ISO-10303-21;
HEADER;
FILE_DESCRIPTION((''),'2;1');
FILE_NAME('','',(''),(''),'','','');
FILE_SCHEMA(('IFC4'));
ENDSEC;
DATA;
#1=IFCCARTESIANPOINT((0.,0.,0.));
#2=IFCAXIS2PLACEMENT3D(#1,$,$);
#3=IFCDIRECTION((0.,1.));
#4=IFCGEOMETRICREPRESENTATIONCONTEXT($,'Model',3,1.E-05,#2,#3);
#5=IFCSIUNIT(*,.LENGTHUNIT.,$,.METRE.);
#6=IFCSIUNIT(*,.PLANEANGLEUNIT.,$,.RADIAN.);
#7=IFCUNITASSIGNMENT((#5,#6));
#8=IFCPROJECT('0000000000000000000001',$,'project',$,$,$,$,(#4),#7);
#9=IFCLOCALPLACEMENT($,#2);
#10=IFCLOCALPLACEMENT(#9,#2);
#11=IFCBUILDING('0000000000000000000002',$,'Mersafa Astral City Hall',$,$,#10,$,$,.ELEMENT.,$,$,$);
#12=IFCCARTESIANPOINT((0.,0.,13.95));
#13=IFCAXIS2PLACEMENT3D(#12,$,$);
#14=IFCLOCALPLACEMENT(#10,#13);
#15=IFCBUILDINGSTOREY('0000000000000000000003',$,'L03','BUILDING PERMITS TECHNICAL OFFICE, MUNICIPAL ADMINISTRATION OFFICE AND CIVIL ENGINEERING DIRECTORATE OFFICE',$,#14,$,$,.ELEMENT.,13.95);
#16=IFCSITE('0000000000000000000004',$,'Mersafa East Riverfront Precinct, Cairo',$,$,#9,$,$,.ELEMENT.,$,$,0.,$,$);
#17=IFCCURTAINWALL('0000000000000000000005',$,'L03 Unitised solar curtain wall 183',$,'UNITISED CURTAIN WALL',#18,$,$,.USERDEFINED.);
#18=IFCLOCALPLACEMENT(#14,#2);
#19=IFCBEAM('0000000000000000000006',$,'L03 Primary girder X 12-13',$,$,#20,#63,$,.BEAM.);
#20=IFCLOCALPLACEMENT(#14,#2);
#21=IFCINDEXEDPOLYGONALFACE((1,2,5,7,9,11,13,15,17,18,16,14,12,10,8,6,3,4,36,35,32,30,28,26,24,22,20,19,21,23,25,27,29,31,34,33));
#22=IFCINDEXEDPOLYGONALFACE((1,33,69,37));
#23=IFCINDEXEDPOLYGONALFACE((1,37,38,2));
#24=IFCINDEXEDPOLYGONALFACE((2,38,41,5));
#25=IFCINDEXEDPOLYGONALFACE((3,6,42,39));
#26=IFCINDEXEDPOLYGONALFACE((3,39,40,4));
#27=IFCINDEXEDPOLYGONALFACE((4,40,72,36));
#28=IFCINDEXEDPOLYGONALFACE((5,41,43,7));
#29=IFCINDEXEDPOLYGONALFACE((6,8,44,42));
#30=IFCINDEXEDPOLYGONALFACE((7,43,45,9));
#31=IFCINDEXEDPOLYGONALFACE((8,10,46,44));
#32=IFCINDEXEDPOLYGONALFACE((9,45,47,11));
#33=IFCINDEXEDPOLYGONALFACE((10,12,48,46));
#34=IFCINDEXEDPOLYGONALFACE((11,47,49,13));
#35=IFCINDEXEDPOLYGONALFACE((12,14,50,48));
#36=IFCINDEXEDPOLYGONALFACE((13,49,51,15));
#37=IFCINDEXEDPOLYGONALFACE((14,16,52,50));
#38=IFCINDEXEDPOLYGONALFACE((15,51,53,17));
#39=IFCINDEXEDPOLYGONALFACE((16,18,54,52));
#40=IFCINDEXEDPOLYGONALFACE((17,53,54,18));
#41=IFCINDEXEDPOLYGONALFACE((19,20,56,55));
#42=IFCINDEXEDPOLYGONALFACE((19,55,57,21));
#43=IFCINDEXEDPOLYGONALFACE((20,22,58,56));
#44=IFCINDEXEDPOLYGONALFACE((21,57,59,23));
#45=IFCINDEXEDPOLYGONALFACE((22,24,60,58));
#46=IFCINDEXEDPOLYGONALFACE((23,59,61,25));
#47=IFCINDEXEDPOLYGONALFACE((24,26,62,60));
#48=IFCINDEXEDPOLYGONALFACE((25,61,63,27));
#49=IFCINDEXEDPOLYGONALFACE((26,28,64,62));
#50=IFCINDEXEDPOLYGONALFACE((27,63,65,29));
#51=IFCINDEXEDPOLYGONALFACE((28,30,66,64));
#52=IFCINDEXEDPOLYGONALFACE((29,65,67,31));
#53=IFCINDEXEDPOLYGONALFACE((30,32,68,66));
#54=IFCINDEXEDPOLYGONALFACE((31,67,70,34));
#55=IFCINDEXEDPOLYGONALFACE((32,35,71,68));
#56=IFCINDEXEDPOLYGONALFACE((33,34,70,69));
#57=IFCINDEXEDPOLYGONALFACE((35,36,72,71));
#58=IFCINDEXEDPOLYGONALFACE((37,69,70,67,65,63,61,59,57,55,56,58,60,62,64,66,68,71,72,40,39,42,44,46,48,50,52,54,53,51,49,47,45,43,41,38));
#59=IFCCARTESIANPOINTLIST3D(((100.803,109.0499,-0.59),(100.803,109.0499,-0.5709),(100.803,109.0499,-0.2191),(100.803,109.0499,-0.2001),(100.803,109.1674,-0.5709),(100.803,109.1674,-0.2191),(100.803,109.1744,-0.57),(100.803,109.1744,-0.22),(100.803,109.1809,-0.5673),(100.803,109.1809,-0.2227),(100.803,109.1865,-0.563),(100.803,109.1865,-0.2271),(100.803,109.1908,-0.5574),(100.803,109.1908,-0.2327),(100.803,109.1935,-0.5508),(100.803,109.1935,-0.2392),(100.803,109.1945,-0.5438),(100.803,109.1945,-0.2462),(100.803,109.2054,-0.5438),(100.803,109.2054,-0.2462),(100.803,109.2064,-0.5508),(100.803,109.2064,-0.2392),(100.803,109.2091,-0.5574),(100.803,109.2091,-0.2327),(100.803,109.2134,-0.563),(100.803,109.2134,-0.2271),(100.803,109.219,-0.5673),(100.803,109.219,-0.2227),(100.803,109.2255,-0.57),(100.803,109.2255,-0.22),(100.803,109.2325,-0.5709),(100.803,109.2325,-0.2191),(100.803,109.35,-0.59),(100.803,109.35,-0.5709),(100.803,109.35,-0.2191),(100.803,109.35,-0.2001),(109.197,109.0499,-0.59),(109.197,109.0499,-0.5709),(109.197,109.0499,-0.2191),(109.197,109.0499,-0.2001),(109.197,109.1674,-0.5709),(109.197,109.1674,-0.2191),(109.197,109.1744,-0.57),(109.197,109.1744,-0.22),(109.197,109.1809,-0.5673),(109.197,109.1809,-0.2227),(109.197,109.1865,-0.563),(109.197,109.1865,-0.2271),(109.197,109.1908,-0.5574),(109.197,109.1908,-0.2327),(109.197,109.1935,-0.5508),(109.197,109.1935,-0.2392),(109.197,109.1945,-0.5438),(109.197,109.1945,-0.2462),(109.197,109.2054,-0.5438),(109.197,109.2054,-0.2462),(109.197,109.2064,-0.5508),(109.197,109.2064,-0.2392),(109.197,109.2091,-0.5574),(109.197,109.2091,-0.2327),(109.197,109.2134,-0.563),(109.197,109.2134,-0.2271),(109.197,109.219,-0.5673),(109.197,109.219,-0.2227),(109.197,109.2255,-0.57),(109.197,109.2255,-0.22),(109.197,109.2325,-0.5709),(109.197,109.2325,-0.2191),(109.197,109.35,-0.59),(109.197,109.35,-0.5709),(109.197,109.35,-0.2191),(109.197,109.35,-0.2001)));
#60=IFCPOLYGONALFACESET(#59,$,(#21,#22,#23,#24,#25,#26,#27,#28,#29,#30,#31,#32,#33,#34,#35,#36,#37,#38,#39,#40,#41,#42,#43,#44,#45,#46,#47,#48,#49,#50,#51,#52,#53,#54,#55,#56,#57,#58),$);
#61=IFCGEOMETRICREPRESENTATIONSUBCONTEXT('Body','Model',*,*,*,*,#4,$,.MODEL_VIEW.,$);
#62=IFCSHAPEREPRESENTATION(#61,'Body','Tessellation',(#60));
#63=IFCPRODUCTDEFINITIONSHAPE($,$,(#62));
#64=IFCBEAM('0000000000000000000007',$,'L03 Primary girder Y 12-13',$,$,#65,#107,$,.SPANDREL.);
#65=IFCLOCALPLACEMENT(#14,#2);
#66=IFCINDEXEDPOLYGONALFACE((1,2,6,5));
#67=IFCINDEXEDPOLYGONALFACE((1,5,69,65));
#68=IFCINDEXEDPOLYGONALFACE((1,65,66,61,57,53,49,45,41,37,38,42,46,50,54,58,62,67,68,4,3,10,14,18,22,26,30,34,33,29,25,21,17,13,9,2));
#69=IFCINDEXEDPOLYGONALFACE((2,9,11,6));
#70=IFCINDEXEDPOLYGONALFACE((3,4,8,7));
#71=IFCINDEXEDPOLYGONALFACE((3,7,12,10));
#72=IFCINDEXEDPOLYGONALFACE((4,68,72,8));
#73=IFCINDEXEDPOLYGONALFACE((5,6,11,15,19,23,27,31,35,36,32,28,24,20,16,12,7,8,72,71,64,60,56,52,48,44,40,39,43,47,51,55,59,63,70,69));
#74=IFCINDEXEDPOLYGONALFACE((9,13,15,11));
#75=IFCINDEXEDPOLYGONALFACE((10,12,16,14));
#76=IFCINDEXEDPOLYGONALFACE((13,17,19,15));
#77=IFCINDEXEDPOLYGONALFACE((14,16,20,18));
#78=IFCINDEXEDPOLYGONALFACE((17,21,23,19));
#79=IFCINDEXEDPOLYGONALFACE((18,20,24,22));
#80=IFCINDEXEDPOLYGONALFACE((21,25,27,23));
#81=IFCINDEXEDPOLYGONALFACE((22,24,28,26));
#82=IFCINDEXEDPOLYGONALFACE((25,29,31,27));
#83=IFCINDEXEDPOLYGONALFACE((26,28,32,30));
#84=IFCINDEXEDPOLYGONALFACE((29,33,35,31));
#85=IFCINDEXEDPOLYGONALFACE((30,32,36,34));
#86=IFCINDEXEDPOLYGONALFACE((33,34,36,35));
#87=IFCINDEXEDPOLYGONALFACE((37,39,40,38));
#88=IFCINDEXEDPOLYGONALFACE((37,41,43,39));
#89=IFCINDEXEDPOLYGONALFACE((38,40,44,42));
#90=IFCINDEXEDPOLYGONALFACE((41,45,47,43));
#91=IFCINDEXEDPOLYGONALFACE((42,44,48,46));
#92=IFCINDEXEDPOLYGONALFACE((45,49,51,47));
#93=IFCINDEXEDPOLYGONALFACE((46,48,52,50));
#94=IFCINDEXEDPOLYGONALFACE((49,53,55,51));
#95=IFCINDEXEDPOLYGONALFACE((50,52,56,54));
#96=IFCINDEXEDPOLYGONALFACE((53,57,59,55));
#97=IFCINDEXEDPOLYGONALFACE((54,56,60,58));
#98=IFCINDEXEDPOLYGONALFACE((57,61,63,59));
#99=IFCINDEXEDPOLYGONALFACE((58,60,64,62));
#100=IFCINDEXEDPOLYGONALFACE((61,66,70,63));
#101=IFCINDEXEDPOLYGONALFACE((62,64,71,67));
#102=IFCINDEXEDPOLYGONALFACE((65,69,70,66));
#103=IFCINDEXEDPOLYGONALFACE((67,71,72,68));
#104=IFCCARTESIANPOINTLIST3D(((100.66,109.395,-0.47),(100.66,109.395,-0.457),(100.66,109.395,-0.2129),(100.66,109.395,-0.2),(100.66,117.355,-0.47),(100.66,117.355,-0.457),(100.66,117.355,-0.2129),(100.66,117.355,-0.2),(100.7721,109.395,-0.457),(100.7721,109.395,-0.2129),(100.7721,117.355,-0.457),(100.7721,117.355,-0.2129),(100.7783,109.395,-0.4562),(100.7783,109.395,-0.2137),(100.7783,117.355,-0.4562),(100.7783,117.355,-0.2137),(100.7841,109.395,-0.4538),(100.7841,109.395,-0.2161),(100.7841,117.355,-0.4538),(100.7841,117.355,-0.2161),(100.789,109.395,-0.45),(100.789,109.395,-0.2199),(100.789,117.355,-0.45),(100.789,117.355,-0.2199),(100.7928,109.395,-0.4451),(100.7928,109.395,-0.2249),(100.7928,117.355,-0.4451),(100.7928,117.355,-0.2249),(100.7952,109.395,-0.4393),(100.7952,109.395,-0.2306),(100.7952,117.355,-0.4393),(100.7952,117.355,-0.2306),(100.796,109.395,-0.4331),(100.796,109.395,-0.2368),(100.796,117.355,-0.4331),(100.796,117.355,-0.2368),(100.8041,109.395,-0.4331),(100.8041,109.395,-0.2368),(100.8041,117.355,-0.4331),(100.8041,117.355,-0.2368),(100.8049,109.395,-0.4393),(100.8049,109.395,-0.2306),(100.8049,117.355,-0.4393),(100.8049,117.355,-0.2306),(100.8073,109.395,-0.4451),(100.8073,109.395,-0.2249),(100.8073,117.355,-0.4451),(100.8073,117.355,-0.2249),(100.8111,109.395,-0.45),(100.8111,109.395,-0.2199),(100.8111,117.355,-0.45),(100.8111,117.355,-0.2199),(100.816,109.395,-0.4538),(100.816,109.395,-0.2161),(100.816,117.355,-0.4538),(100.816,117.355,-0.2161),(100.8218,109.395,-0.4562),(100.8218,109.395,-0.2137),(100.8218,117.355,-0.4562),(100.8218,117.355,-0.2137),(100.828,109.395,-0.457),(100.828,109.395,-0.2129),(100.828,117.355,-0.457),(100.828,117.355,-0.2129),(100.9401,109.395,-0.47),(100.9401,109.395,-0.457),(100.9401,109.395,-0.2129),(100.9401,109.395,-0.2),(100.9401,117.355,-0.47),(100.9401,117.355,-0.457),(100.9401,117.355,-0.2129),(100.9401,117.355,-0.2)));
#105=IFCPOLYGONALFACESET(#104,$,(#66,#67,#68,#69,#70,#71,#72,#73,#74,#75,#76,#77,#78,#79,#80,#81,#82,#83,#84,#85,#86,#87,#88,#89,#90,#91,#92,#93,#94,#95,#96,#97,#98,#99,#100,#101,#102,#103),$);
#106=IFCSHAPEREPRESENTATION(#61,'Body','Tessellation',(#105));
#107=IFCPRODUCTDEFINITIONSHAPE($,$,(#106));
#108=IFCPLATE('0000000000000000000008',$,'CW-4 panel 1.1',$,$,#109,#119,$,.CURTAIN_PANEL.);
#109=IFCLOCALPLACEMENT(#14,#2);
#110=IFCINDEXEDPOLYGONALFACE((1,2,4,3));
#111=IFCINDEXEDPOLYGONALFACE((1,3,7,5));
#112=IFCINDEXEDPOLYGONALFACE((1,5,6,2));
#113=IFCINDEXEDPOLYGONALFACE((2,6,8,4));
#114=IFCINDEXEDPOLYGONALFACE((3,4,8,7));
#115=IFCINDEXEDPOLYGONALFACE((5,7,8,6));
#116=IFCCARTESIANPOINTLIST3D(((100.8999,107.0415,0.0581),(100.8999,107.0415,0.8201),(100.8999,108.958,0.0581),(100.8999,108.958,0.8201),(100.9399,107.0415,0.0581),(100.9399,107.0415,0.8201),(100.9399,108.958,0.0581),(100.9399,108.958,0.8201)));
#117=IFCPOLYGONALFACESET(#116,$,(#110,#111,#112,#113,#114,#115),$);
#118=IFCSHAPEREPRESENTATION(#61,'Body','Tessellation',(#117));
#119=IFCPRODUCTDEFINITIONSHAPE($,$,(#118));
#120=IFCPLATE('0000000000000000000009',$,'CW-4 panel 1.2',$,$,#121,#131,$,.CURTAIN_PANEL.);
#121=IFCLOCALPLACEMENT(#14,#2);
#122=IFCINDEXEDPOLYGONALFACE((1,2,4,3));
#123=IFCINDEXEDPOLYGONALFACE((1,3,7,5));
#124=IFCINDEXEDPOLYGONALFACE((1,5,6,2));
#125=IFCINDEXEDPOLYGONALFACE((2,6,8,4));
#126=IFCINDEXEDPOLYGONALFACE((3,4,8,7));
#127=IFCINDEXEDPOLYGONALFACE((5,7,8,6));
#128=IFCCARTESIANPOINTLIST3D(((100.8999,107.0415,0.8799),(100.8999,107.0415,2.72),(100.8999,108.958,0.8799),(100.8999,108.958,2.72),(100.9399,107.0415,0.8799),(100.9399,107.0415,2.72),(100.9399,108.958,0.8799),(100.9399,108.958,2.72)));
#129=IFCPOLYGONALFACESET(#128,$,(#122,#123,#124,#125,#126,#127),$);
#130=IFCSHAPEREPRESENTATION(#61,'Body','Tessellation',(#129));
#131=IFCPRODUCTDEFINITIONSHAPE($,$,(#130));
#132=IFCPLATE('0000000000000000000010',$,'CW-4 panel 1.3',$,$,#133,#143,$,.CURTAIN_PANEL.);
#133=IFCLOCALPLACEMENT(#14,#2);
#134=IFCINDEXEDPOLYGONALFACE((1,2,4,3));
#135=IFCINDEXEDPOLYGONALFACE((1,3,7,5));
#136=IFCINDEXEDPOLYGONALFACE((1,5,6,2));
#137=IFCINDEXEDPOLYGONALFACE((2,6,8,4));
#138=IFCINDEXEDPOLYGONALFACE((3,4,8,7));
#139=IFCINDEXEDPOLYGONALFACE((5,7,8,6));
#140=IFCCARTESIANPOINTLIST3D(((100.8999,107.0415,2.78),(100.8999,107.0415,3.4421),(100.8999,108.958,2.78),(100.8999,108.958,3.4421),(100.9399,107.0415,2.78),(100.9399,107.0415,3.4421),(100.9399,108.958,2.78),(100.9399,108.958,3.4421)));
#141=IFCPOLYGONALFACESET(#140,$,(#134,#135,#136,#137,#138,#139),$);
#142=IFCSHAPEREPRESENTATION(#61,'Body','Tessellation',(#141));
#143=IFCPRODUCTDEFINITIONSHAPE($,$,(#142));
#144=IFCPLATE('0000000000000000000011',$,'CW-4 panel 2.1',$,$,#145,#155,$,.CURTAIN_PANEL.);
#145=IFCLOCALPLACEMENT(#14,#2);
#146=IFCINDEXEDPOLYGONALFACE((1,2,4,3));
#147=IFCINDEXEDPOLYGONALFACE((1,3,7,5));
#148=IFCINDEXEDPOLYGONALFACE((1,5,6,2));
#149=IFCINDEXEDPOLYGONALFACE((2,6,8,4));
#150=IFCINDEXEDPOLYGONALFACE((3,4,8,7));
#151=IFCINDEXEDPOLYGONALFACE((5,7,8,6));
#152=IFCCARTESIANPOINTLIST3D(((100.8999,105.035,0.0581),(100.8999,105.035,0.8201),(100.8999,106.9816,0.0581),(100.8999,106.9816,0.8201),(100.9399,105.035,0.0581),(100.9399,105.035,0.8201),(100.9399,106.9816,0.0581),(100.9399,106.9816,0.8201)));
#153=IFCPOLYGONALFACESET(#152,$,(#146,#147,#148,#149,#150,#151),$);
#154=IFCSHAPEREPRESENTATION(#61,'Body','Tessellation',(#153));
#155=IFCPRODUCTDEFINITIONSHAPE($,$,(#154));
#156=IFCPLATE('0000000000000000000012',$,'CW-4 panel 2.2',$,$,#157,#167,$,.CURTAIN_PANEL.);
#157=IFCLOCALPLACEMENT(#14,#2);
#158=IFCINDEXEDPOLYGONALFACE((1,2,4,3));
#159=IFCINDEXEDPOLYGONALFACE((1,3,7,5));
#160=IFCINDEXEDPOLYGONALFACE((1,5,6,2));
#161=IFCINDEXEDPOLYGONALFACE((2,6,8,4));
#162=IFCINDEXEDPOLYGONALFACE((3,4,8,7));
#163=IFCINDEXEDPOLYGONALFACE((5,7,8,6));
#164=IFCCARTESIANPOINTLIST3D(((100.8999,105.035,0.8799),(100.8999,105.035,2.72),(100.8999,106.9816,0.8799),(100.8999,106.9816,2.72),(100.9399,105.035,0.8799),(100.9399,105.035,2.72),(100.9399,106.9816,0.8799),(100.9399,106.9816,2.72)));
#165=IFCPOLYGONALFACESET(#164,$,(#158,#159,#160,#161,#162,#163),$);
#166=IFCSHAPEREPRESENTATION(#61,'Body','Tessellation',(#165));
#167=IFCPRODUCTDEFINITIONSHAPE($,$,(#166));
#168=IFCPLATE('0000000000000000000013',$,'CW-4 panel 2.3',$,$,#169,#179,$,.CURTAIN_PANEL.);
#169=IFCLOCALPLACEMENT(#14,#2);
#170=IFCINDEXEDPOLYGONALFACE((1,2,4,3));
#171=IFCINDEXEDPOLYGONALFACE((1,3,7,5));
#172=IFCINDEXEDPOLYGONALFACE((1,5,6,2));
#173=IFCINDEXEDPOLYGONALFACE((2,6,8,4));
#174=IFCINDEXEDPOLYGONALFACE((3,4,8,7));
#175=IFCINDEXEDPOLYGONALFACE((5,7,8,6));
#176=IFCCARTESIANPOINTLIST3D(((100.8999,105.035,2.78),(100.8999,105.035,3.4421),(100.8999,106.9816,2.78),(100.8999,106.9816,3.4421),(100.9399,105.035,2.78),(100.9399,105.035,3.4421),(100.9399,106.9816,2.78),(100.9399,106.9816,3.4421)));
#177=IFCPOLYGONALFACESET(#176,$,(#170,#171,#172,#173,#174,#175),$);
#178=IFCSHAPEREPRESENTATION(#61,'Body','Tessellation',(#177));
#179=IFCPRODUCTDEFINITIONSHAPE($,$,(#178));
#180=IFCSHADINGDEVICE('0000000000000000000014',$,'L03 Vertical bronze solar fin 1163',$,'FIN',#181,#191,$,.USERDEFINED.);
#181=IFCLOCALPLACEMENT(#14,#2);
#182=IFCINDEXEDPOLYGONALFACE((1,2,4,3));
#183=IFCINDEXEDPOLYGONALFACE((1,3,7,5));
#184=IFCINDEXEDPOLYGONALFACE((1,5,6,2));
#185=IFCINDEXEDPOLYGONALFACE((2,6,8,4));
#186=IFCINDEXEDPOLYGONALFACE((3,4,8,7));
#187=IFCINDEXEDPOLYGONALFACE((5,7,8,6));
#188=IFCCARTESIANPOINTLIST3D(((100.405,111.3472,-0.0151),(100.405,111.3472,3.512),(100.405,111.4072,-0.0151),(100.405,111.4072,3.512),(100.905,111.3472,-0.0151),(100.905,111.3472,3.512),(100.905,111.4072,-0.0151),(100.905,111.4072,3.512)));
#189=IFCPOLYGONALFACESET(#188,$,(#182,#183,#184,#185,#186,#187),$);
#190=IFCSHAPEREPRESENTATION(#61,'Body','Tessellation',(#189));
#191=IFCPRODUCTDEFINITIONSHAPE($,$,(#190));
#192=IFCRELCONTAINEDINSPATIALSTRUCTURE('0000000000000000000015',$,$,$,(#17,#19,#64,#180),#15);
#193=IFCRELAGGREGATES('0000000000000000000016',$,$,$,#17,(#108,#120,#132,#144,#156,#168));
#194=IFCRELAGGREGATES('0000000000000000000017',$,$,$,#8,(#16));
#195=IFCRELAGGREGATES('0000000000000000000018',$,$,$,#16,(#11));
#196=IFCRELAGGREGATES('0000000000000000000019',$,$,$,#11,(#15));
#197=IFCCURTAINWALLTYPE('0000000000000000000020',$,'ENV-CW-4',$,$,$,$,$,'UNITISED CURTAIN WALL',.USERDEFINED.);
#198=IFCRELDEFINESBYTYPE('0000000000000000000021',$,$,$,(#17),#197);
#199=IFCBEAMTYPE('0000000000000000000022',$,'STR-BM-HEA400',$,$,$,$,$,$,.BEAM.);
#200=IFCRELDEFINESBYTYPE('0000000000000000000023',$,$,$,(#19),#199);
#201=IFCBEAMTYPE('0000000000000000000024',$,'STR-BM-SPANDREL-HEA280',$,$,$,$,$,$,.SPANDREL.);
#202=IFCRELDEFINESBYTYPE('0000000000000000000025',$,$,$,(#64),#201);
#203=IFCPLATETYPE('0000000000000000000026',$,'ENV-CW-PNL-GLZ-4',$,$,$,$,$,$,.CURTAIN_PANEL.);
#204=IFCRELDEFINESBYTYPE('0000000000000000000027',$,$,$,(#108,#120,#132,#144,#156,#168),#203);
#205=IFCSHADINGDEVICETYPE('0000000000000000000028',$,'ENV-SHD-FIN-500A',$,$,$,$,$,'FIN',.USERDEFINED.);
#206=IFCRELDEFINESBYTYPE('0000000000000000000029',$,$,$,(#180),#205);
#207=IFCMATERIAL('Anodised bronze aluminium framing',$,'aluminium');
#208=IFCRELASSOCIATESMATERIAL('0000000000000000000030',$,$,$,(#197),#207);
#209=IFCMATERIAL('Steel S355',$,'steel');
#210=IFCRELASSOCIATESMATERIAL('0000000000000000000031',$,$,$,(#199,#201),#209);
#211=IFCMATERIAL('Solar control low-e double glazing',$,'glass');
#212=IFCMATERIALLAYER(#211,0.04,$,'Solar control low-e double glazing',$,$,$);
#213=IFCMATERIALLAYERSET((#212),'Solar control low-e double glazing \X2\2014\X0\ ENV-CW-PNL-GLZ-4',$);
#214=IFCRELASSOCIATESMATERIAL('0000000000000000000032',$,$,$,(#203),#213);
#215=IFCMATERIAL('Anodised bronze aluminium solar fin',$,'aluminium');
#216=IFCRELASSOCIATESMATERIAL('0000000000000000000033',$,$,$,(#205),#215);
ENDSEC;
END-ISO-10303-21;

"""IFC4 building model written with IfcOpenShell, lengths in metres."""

from ifc_helpers import new_model, si_unit, direction, frame, origin, origin_2d, place, context, subcontext, project, spatial, rectangle, i_section, extrude, material, layer, layer_set, material_profile, profile_set, type_object, element, aggregate, save


model = new_model("IFC4")

# Units and contexts
model_context = context("Model", 3, precision=1e-05, world=origin(), true_north=direction((0.0, 1.0)))
body_context = subcontext(model_context, "Body", "Model", "MODEL_VIEW")
ifc_project = project(units=[si_unit("LENGTHUNIT", "METRE"), si_unit("PLANEANGLEUNIT", "RADIAN")], contexts=[model_context])

# Site, building, storey
site_placement = place(None, origin())
site = spatial("IfcSite", under=ifc_project, at=site_placement, Name="Mersafa East Riverfront Precinct, Cairo", CompositionType="ELEMENT", RefElevation=0.0)
building_placement = place(site_placement, origin())
building = spatial("IfcBuilding", under=site, at=building_placement, Name="Mersafa Astral City Hall", CompositionType="ELEMENT")
storey_placement = place(building_placement, frame((0.0, 0.0, 13.95)))
storey = spatial("IfcBuildingStorey", under=building, at=storey_placement, Name="L03", Description="BUILDING PERMITS TECHNICAL OFFICE, MUNICIPAL ADMINISTRATION OFFICE AND CIVIL ENGINEERING DIRECTORATE OFFICE", CompositionType="ELEMENT", Elevation=13.95)

# Shared definitions
ifc_material_1 = material(Name="Steel S355", Category="steel")

# Curtain wall
ifc_material_2 = material(Name="Anodised bronze aluminium framing", Category="aluminium")
curtain_wall_type = type_object("IfcCurtainWallType", Name="ENV-CW-4", ElementType="UNITISED CURTAIN WALL", PredefinedType="USERDEFINED", material=ifc_material_2)
curtain_wall_placement = place(storey_placement, origin())
curtain_wall = element("IfcCurtainWall", 1, at=curtain_wall_placement, inside=storey, type_object=curtain_wall_type, Name="L03 Unitised solar curtain wall 183", ObjectType="UNITISED CURTAIN WALL", PredefinedType="USERDEFINED")

# Beams
ifc_material_profile_1 = material_profile(ifc_material_1, i_section(OverallWidth=0.3, OverallDepth=0.3899, WebThickness=0.011, FlangeThickness=0.019, FilletRadius=0.0271, at=origin_2d()), Name="HEA 400")
ifc_profile_set_1 = profile_set([ifc_material_profile_1], Name="Steel S355")
beam_type_1 = type_object("IfcBeamType", Name="STR-BM-HEA400", PredefinedType="BEAM", material=ifc_profile_set_1)
beam_1_placement = place(storey_placement, frame((100.803, 109.2, -0.395), z_axis=(1.0, 0.0, 0.0), x_axis=(0.0, 1.0, 0.0)))
element("IfcBeam", 2, at=beam_1_placement, inside=storey, type_object=beam_type_1, Name="L03 Primary girder X 12-13", PredefinedType="BEAM", context=body_context, shape_type="SweptSolid", body=[
    extrude(i_section(OverallWidth=0.3, OverallDepth=0.3899, WebThickness=0.011, FlangeThickness=0.019, FilletRadius=0.0271, at=origin_2d()), origin(), (0.0, 0.0, 1.0), 8.394),
])
ifc_material_profile_2 = material_profile(ifc_material_1, i_section(OverallWidth=0.28, OverallDepth=0.27, WebThickness=0.0081, FlangeThickness=0.0129, FilletRadius=0.0239, at=origin_2d()), Name="HEA 280")
ifc_profile_set_2 = profile_set([ifc_material_profile_2], Name="Steel S355")
beam_type_2 = type_object("IfcBeamType", Name="STR-BM-SPANDREL-HEA280", PredefinedType="SPANDREL", material=ifc_profile_set_2)
beam_2_placement = place(storey_placement, frame((100.8, 109.395, -0.335), z_axis=(0.0, 1.0, 0.0), x_axis=(-1.0, 0.0, 0.0)))
element("IfcBeam", 3, at=beam_2_placement, inside=storey, type_object=beam_type_2, Name="L03 Primary girder Y 12-13", PredefinedType="SPANDREL", context=body_context, shape_type="SweptSolid", body=[
    extrude(i_section(OverallWidth=0.28, OverallDepth=0.27, WebThickness=0.0081, FlangeThickness=0.0129, FilletRadius=0.0239, at=origin_2d()), origin(), (0.0, 0.0, 1.0), 7.96),
])

# Plates
ifc_material_3 = material(Name="Solar control low-e double glazing", Category="glass")
ifc_layer = layer(ifc_material_3, 0.04, Name="Solar control low-e double glazing")
ifc_layer_set = layer_set([ifc_layer], Name="Solar control low-e double glazing — ENV-CW-PNL-GLZ-4")
plate_type = type_object("IfcPlateType", Name="ENV-CW-PNL-GLZ-4", PredefinedType="CURTAIN_PANEL", material=ifc_layer_set)
plate_1_placement = place(storey_placement, frame((100.9199, 107.9998, 0.0581), z_axis=(0.0, 0.0, 1.0), x_axis=(0.0, -1.0, 0.0)))
plate_1 = element("IfcPlate", 4, at=plate_1_placement, type_object=plate_type, Name="CW-4 panel 1.1", PredefinedType="CURTAIN_PANEL", context=body_context, shape_type="SweptSolid", body=[
    extrude(rectangle(XDim=1.9165, YDim=0.04, at=origin_2d()), origin(), (0.0, 0.0, 1.0), 0.762),
])
plate_2_placement = place(storey_placement, frame((100.9199, 107.9998, 0.8799), z_axis=(0.0, 0.0, 1.0), x_axis=(0.0, -1.0, 0.0)))
plate_2 = element("IfcPlate", 5, at=plate_2_placement, type_object=plate_type, Name="CW-4 panel 1.2", PredefinedType="CURTAIN_PANEL", context=body_context, shape_type="SweptSolid", body=[
    extrude(rectangle(XDim=1.9165, YDim=0.04, at=origin_2d()), origin(), (0.0, 0.0, 1.0), 1.8401),
])
plate_3_placement = place(storey_placement, frame((100.9199, 107.9998, 2.78), z_axis=(0.0, 0.0, 1.0), x_axis=(0.0, -1.0, 0.0)))
plate_3 = element("IfcPlate", 6, at=plate_3_placement, type_object=plate_type, Name="CW-4 panel 1.3", PredefinedType="CURTAIN_PANEL", context=body_context, shape_type="SweptSolid", body=[
    extrude(rectangle(XDim=1.9165, YDim=0.04, at=origin_2d()), origin(), (0.0, 0.0, 1.0), 0.6621),
])
plate_4_placement = place(storey_placement, frame((100.9199, 106.0083, 0.0581), z_axis=(0.0, 0.0, 1.0), x_axis=(0.0, -1.0, 0.0)))
plate_4 = element("IfcPlate", 7, at=plate_4_placement, type_object=plate_type, Name="CW-4 panel 2.1", PredefinedType="CURTAIN_PANEL", context=body_context, shape_type="SweptSolid", body=[
    extrude(rectangle(XDim=1.9465, YDim=0.04, at=origin_2d()), origin(), (0.0, 0.0, 1.0), 0.762),
])
plate_5_placement = place(storey_placement, frame((100.9199, 106.0083, 0.8799), z_axis=(0.0, 0.0, 1.0), x_axis=(0.0, -1.0, 0.0)))
plate_5 = element("IfcPlate", 8, at=plate_5_placement, type_object=plate_type, Name="CW-4 panel 2.2", PredefinedType="CURTAIN_PANEL", context=body_context, shape_type="SweptSolid", body=[
    extrude(rectangle(XDim=1.9465, YDim=0.04, at=origin_2d()), origin(), (0.0, 0.0, 1.0), 1.8401),
])
plate_6_placement = place(storey_placement, frame((100.9199, 106.0083, 2.78), z_axis=(0.0, 0.0, 1.0), x_axis=(0.0, -1.0, 0.0)))
plate_6 = element("IfcPlate", 9, at=plate_6_placement, type_object=plate_type, Name="CW-4 panel 2.3", PredefinedType="CURTAIN_PANEL", context=body_context, shape_type="SweptSolid", body=[
    extrude(rectangle(XDim=1.9465, YDim=0.04, at=origin_2d()), origin(), (0.0, 0.0, 1.0), 0.6621),
])
aggregate(curtain_wall, [plate_1, plate_2, plate_3, plate_4, plate_5, plate_6])

# Shading device
ifc_material_4 = material(Name="Anodised bronze aluminium solar fin", Category="aluminium")
shading_device_type_1 = type_object("IfcShadingDeviceType", Name="ENV-SHD-FIN-500A", ElementType="FIN", PredefinedType="USERDEFINED", material=ifc_material_4)
for number, where, z_axis, x_axis, name in (
    (10, (100.655, 111.3772, -0.0151), (0.0, 0.0, 1.0), (0.0, -1.0, 0.0), "L03 Vertical bronze solar fin 1163"),
):
    element("IfcShadingDevice", number, at=place(storey_placement, frame(where, z_axis=z_axis, x_axis=x_axis)), inside=storey, type_object=shading_device_type_1, Name=name, ObjectType="FIN", PredefinedType="USERDEFINED", context=body_context, shape_type="SweptSolid", body=[
        extrude(rectangle(XDim=0.0601, YDim=0.5, at=origin_2d()), origin(), (0.0, 0.0, 1.0), 3.5271),
    ])

save(model, "model.ifc")
